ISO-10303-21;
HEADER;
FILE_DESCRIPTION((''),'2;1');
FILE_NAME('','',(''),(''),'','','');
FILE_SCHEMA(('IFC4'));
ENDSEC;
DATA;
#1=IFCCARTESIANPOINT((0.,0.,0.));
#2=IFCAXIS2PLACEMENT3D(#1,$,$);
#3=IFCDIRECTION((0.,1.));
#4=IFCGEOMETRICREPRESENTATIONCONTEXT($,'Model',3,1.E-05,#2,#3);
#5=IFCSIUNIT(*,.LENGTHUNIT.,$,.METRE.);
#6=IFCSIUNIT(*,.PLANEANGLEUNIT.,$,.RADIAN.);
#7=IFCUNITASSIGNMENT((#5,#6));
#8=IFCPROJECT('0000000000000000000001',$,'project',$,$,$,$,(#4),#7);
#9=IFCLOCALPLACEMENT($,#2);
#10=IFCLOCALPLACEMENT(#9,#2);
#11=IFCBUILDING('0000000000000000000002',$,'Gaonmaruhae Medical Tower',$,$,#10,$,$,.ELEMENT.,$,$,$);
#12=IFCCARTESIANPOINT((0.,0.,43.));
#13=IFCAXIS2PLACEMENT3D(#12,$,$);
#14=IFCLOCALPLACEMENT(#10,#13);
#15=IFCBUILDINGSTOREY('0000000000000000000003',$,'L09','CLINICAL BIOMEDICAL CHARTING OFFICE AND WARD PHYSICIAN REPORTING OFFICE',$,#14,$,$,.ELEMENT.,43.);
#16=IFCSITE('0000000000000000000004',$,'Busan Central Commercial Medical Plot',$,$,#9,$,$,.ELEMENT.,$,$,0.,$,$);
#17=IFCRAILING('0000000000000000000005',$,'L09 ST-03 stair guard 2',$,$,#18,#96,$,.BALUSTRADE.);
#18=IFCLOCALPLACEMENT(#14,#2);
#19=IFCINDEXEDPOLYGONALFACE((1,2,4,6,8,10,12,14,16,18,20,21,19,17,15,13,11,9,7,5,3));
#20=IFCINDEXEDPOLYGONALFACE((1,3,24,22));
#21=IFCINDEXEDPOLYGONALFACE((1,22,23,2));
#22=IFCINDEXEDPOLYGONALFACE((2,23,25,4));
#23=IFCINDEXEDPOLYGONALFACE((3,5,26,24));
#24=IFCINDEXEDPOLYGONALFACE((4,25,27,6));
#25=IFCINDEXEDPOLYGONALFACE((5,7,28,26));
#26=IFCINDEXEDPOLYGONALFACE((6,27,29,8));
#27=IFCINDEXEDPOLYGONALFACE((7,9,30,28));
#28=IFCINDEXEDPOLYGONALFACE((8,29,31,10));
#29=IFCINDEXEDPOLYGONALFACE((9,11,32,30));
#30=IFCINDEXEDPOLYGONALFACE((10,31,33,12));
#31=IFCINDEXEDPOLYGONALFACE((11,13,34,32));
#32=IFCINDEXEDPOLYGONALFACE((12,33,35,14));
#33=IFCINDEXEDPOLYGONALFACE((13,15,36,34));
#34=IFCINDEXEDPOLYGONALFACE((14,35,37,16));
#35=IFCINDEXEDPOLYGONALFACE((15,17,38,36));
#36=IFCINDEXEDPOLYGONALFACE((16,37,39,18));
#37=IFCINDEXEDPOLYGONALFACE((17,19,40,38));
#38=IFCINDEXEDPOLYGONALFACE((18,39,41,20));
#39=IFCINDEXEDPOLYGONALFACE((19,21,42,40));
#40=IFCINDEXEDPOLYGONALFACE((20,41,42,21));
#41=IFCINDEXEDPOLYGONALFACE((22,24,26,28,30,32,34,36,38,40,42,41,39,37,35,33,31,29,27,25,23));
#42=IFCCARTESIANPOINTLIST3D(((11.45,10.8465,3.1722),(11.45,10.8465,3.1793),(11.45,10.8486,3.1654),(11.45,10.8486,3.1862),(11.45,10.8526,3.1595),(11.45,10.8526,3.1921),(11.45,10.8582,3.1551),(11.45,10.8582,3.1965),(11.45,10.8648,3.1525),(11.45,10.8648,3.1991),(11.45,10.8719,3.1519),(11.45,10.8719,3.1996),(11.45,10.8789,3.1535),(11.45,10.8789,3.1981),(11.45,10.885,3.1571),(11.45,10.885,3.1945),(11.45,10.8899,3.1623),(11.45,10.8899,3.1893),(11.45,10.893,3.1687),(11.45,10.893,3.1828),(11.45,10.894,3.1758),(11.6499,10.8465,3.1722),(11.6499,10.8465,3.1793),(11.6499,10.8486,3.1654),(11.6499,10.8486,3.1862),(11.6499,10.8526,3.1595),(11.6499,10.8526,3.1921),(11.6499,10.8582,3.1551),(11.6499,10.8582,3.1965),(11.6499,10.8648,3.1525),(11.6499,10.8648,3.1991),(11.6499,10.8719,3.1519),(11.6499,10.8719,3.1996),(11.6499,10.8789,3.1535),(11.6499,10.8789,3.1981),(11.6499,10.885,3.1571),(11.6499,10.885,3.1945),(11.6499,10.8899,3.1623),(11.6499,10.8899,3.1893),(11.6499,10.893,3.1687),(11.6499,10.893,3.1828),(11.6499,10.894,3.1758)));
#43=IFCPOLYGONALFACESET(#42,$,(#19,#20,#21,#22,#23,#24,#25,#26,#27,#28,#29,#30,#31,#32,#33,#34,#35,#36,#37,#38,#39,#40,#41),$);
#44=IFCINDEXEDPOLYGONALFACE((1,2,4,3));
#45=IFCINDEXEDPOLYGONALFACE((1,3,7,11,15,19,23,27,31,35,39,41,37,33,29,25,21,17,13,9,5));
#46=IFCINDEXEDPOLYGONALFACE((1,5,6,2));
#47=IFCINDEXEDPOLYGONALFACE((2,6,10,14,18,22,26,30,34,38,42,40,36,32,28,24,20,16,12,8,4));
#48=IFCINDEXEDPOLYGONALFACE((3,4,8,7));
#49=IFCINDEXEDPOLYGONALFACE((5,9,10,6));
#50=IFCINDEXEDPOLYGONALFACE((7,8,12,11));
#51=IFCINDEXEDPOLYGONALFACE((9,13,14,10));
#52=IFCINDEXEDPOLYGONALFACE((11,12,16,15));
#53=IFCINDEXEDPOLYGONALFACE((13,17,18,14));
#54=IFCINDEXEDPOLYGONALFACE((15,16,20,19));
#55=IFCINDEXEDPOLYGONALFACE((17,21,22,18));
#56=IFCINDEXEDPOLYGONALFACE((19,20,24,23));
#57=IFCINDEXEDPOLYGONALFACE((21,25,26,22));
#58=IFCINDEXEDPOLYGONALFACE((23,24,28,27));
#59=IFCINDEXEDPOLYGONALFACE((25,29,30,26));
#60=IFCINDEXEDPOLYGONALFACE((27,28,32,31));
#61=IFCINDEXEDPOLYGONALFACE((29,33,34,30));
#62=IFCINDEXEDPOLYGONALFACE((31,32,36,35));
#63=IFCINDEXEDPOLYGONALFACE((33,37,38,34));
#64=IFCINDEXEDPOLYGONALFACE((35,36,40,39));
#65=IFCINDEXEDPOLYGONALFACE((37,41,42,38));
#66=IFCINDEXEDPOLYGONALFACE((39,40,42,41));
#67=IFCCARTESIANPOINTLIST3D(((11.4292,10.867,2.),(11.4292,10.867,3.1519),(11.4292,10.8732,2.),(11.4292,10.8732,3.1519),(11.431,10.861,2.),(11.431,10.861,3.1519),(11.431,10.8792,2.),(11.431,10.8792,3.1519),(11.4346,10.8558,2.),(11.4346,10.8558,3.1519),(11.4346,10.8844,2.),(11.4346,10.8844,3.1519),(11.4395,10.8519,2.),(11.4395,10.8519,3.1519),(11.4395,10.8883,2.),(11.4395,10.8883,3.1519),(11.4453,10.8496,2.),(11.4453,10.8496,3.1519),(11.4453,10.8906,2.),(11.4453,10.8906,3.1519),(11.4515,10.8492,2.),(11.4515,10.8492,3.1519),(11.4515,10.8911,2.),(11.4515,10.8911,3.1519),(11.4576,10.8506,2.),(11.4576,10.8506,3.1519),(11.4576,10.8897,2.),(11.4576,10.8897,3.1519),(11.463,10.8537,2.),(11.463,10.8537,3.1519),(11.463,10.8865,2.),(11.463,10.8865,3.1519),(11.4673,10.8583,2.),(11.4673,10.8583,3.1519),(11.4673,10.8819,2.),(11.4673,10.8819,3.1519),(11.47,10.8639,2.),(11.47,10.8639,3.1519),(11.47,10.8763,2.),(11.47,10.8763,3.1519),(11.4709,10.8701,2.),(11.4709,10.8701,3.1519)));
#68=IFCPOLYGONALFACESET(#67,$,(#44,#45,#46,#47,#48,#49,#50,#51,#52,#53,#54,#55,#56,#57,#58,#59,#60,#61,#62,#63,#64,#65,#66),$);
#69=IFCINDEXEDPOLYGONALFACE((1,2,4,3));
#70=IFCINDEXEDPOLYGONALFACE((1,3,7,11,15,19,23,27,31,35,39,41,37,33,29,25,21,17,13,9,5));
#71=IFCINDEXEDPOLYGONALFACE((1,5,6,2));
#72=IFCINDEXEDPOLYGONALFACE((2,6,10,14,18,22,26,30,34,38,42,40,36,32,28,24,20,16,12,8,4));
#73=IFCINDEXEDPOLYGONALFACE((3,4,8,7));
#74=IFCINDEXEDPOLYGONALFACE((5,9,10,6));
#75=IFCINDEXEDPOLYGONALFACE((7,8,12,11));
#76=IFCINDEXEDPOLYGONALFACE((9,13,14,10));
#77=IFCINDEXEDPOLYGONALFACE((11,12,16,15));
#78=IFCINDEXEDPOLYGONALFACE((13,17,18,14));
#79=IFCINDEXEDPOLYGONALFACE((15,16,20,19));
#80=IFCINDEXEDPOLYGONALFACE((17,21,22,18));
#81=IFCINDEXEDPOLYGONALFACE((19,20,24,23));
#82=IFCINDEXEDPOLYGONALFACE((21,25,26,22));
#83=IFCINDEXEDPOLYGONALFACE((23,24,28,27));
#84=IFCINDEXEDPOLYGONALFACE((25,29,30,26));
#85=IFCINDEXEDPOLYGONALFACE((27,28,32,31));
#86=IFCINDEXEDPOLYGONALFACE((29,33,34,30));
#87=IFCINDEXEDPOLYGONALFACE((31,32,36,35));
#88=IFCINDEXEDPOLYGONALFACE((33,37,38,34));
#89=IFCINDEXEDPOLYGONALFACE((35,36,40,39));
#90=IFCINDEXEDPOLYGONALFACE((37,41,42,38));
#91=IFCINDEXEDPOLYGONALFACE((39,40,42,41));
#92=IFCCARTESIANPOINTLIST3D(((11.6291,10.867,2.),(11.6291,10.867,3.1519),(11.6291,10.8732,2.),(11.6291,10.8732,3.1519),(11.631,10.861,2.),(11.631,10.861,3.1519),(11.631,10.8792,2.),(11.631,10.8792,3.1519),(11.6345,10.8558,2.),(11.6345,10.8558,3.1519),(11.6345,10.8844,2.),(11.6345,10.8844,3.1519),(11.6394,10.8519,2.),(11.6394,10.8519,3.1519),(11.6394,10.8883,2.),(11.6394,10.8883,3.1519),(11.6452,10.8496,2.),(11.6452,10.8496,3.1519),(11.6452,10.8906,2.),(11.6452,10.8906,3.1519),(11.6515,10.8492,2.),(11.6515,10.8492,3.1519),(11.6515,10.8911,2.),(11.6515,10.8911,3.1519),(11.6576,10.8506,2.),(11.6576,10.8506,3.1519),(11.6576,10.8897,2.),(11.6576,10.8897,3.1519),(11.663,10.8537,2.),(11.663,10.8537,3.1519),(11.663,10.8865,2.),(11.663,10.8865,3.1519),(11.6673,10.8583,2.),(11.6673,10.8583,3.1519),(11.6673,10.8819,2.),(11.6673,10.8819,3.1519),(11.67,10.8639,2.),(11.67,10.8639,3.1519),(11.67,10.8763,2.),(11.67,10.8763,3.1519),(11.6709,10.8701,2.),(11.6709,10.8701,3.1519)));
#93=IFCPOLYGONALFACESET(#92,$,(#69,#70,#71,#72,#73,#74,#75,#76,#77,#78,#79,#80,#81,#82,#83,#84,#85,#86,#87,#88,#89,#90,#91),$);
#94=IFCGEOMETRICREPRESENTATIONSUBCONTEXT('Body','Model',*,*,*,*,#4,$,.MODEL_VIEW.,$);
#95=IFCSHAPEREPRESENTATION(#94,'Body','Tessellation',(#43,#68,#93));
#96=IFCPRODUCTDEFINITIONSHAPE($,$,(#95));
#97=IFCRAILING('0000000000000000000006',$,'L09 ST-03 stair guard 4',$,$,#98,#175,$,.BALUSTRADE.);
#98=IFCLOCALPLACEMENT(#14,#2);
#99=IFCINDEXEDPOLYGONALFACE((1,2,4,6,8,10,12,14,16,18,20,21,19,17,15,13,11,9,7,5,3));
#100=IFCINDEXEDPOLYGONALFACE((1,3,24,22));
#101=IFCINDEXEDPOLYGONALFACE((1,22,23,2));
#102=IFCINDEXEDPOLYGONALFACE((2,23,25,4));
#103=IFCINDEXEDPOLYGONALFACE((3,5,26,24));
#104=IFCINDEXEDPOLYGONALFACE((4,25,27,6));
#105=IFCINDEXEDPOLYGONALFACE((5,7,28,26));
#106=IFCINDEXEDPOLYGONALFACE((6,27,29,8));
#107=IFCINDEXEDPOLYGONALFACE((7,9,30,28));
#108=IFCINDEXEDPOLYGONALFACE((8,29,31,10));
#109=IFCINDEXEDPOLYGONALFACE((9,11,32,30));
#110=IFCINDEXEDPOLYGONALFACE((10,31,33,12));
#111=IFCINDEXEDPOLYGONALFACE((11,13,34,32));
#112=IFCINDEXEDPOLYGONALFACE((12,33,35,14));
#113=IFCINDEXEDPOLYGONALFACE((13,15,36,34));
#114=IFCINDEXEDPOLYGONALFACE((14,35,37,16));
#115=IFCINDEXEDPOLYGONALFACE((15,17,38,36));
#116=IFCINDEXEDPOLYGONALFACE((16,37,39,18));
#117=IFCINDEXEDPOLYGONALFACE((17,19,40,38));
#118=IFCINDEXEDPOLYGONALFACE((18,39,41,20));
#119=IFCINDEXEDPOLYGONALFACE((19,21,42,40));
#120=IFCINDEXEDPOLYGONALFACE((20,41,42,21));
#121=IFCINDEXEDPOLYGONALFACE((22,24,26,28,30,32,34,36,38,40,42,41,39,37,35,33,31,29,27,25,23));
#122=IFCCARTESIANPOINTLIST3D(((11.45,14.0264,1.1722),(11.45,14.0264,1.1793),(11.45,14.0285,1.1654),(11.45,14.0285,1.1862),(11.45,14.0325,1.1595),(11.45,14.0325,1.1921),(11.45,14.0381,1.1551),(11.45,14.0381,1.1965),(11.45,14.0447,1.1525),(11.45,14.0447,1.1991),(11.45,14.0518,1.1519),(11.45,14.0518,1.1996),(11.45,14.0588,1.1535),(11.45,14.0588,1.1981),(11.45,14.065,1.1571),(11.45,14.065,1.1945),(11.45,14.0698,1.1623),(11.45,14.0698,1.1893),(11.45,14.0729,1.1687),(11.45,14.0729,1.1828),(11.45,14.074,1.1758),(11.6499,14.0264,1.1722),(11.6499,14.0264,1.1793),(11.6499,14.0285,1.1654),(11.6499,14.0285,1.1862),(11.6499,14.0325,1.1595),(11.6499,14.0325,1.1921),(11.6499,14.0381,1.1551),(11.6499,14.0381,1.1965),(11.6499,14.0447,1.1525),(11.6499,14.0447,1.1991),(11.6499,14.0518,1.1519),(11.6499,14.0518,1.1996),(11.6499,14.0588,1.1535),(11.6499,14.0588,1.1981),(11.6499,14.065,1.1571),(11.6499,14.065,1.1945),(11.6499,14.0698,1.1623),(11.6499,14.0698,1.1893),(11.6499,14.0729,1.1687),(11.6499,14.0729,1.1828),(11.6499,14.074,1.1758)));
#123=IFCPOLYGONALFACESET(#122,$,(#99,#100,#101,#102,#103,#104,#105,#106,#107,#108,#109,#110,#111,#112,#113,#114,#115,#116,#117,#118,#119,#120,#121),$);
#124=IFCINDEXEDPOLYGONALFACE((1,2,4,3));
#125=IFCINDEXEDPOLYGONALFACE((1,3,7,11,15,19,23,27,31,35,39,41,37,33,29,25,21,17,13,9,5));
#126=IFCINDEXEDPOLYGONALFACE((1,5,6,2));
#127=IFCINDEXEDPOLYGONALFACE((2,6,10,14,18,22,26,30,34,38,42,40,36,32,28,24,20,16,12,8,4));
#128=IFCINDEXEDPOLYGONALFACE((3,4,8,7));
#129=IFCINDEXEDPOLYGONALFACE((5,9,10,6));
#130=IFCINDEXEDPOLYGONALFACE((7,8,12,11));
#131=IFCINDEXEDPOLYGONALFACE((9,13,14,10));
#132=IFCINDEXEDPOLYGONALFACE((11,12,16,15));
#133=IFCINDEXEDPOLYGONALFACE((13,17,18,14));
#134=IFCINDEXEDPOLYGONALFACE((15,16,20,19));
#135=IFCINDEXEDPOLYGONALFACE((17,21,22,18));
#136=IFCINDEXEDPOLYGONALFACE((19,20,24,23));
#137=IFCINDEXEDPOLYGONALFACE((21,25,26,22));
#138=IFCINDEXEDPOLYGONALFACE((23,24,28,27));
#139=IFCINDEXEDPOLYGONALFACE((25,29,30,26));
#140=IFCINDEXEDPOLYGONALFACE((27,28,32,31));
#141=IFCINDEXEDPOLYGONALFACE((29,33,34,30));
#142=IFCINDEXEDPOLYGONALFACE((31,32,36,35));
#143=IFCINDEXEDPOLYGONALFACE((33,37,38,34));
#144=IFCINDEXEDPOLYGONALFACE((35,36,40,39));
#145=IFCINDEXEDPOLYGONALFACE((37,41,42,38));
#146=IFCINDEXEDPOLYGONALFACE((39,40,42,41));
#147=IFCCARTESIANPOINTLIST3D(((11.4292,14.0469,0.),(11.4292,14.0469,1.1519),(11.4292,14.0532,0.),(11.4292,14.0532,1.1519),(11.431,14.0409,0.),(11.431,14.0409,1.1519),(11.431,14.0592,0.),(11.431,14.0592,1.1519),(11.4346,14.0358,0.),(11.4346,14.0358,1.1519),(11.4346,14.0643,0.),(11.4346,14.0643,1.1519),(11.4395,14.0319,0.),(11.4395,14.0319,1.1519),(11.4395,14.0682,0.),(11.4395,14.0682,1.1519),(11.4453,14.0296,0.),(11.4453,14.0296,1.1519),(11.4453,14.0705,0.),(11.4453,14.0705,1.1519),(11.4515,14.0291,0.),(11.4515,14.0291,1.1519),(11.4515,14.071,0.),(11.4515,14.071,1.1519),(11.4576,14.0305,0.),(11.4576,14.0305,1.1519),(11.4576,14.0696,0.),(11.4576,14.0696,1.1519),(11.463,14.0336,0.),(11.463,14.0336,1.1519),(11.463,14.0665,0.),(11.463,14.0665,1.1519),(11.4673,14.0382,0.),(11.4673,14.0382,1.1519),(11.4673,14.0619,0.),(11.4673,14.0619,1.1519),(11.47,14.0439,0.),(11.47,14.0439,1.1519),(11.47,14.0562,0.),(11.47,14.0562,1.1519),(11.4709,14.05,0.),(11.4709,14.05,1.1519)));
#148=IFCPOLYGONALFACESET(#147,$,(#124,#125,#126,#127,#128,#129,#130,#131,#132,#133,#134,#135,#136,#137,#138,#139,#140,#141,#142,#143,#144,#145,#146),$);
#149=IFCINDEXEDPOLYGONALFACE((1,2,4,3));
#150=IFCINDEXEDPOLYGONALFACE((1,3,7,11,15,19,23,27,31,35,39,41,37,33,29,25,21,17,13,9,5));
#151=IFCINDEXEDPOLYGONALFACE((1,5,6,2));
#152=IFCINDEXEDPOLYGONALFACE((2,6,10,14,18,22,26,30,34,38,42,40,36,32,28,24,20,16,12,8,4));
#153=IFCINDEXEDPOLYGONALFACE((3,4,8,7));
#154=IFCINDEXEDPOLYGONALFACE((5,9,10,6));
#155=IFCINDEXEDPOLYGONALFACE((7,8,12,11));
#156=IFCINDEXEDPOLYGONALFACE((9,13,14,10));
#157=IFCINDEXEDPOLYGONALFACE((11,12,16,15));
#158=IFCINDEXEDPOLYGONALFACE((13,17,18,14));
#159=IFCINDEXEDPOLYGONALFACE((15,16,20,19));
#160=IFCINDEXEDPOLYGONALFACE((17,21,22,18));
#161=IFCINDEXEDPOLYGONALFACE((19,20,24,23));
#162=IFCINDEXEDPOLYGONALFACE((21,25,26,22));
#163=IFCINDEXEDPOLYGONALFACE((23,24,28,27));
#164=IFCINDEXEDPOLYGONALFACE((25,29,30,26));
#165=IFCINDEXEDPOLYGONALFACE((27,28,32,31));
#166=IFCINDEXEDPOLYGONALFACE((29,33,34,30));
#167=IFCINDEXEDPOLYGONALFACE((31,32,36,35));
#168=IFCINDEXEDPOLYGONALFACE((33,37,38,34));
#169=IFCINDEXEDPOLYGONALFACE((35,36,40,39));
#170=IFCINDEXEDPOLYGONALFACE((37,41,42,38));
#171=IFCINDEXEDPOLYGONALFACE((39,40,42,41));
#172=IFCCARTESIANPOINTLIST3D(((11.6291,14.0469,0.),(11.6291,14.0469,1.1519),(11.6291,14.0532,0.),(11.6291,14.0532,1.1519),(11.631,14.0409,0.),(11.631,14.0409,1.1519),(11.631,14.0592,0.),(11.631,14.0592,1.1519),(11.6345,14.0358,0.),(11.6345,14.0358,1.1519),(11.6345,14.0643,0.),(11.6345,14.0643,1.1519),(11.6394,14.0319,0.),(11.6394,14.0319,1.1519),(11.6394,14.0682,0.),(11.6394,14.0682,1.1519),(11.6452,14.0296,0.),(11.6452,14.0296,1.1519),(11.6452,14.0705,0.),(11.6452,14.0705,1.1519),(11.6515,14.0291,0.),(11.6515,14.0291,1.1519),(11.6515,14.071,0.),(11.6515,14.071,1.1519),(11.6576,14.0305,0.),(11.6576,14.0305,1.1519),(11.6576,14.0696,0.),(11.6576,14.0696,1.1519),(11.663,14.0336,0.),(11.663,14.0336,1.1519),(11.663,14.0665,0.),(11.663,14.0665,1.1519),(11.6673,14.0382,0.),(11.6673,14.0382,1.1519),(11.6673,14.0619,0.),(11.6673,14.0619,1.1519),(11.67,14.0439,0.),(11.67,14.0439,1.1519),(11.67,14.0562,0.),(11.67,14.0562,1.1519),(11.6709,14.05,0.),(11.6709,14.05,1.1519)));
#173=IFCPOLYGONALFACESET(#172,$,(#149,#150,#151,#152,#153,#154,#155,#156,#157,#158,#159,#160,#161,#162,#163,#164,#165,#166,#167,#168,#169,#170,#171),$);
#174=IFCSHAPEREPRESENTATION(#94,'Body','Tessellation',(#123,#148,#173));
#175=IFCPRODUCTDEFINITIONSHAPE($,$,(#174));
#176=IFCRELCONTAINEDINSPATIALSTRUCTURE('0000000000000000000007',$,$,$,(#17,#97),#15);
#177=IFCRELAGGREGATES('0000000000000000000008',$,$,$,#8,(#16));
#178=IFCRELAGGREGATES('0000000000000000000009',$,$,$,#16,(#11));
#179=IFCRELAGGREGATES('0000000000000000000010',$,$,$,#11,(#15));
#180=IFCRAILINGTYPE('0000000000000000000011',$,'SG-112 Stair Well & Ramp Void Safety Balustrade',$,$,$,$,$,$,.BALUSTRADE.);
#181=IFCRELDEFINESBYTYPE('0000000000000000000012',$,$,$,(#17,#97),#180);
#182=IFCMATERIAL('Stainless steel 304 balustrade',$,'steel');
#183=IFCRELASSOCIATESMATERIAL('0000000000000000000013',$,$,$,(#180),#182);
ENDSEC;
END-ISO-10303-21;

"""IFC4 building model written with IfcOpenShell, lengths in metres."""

from ifc_helpers import new_model, si_unit, direction, frame, origin, origin_2d, place, context, subcontext, project, spatial, circle, extrude, material, type_object, element, save


model = new_model("IFC4")

# Units and contexts
model_context = context("Model", 3, precision=1e-05, world=origin(), true_north=direction((0.0, 1.0)))
body_context = subcontext(model_context, "Body", "Model", "MODEL_VIEW")
ifc_project = project(units=[si_unit("LENGTHUNIT", "METRE"), si_unit("PLANEANGLEUNIT", "RADIAN")], contexts=[model_context])

# Site, building, storey
site_placement = place(None, origin())
site = spatial("IfcSite", under=ifc_project, at=site_placement, Name="Busan Central Commercial Medical Plot", CompositionType="ELEMENT", RefElevation=0.0)
building_placement = place(site_placement, origin())
building = spatial("IfcBuilding", under=site, at=building_placement, Name="Gaonmaruhae Medical Tower", CompositionType="ELEMENT")
storey_placement = place(building_placement, frame((0.0, 0.0, 43.0)))
storey = spatial("IfcBuildingStorey", under=building, at=storey_placement, Name="L09", Description="CLINICAL BIOMEDICAL CHARTING OFFICE AND WARD PHYSICIAN REPORTING OFFICE", CompositionType="ELEMENT", Elevation=43.0)

# Railings
ifc_material_1 = material(Name="Stainless steel 304 balustrade", Category="steel")
railing_type_1 = type_object("IfcRailingType", Name="SG-112 Stair Well & Ramp Void Safety Balustrade", PredefinedType="BALUSTRADE", material=ifc_material_1)
for number, where, name in (
    (1, (11.45, 10.8701, 2.0), "L09 ST-03 stair guard 2"),
    (2, (11.45, 14.05, 0.0), "L09 ST-03 stair guard 4"),
):
    element("IfcRailing", number, at=place(storey_placement, frame(where)), inside=storey, type_object=railing_type_1, Name=name, PredefinedType="BALUSTRADE", context=body_context, shape_type="SweptSolid", body=[
        extrude(circle(Radius=0.0239, at=origin_2d()), frame((0.0, 0.0, 1.1758), z_axis=(1.0, 0.0, 0.0), x_axis=(0.0, 1.0, 0.0)), (0.0, 0.0, 1.0), 0.2),
        extrude(circle(Radius=0.021, at=origin_2d()), origin(), (0.0, 0.0, 1.0), 1.1519),
        extrude(circle(Radius=0.021, at=origin_2d()), frame((0.2, 0.0, 0.0)), (0.0, 0.0, 1.0), 1.1519),
    ])

save(model, "model.ifc")
